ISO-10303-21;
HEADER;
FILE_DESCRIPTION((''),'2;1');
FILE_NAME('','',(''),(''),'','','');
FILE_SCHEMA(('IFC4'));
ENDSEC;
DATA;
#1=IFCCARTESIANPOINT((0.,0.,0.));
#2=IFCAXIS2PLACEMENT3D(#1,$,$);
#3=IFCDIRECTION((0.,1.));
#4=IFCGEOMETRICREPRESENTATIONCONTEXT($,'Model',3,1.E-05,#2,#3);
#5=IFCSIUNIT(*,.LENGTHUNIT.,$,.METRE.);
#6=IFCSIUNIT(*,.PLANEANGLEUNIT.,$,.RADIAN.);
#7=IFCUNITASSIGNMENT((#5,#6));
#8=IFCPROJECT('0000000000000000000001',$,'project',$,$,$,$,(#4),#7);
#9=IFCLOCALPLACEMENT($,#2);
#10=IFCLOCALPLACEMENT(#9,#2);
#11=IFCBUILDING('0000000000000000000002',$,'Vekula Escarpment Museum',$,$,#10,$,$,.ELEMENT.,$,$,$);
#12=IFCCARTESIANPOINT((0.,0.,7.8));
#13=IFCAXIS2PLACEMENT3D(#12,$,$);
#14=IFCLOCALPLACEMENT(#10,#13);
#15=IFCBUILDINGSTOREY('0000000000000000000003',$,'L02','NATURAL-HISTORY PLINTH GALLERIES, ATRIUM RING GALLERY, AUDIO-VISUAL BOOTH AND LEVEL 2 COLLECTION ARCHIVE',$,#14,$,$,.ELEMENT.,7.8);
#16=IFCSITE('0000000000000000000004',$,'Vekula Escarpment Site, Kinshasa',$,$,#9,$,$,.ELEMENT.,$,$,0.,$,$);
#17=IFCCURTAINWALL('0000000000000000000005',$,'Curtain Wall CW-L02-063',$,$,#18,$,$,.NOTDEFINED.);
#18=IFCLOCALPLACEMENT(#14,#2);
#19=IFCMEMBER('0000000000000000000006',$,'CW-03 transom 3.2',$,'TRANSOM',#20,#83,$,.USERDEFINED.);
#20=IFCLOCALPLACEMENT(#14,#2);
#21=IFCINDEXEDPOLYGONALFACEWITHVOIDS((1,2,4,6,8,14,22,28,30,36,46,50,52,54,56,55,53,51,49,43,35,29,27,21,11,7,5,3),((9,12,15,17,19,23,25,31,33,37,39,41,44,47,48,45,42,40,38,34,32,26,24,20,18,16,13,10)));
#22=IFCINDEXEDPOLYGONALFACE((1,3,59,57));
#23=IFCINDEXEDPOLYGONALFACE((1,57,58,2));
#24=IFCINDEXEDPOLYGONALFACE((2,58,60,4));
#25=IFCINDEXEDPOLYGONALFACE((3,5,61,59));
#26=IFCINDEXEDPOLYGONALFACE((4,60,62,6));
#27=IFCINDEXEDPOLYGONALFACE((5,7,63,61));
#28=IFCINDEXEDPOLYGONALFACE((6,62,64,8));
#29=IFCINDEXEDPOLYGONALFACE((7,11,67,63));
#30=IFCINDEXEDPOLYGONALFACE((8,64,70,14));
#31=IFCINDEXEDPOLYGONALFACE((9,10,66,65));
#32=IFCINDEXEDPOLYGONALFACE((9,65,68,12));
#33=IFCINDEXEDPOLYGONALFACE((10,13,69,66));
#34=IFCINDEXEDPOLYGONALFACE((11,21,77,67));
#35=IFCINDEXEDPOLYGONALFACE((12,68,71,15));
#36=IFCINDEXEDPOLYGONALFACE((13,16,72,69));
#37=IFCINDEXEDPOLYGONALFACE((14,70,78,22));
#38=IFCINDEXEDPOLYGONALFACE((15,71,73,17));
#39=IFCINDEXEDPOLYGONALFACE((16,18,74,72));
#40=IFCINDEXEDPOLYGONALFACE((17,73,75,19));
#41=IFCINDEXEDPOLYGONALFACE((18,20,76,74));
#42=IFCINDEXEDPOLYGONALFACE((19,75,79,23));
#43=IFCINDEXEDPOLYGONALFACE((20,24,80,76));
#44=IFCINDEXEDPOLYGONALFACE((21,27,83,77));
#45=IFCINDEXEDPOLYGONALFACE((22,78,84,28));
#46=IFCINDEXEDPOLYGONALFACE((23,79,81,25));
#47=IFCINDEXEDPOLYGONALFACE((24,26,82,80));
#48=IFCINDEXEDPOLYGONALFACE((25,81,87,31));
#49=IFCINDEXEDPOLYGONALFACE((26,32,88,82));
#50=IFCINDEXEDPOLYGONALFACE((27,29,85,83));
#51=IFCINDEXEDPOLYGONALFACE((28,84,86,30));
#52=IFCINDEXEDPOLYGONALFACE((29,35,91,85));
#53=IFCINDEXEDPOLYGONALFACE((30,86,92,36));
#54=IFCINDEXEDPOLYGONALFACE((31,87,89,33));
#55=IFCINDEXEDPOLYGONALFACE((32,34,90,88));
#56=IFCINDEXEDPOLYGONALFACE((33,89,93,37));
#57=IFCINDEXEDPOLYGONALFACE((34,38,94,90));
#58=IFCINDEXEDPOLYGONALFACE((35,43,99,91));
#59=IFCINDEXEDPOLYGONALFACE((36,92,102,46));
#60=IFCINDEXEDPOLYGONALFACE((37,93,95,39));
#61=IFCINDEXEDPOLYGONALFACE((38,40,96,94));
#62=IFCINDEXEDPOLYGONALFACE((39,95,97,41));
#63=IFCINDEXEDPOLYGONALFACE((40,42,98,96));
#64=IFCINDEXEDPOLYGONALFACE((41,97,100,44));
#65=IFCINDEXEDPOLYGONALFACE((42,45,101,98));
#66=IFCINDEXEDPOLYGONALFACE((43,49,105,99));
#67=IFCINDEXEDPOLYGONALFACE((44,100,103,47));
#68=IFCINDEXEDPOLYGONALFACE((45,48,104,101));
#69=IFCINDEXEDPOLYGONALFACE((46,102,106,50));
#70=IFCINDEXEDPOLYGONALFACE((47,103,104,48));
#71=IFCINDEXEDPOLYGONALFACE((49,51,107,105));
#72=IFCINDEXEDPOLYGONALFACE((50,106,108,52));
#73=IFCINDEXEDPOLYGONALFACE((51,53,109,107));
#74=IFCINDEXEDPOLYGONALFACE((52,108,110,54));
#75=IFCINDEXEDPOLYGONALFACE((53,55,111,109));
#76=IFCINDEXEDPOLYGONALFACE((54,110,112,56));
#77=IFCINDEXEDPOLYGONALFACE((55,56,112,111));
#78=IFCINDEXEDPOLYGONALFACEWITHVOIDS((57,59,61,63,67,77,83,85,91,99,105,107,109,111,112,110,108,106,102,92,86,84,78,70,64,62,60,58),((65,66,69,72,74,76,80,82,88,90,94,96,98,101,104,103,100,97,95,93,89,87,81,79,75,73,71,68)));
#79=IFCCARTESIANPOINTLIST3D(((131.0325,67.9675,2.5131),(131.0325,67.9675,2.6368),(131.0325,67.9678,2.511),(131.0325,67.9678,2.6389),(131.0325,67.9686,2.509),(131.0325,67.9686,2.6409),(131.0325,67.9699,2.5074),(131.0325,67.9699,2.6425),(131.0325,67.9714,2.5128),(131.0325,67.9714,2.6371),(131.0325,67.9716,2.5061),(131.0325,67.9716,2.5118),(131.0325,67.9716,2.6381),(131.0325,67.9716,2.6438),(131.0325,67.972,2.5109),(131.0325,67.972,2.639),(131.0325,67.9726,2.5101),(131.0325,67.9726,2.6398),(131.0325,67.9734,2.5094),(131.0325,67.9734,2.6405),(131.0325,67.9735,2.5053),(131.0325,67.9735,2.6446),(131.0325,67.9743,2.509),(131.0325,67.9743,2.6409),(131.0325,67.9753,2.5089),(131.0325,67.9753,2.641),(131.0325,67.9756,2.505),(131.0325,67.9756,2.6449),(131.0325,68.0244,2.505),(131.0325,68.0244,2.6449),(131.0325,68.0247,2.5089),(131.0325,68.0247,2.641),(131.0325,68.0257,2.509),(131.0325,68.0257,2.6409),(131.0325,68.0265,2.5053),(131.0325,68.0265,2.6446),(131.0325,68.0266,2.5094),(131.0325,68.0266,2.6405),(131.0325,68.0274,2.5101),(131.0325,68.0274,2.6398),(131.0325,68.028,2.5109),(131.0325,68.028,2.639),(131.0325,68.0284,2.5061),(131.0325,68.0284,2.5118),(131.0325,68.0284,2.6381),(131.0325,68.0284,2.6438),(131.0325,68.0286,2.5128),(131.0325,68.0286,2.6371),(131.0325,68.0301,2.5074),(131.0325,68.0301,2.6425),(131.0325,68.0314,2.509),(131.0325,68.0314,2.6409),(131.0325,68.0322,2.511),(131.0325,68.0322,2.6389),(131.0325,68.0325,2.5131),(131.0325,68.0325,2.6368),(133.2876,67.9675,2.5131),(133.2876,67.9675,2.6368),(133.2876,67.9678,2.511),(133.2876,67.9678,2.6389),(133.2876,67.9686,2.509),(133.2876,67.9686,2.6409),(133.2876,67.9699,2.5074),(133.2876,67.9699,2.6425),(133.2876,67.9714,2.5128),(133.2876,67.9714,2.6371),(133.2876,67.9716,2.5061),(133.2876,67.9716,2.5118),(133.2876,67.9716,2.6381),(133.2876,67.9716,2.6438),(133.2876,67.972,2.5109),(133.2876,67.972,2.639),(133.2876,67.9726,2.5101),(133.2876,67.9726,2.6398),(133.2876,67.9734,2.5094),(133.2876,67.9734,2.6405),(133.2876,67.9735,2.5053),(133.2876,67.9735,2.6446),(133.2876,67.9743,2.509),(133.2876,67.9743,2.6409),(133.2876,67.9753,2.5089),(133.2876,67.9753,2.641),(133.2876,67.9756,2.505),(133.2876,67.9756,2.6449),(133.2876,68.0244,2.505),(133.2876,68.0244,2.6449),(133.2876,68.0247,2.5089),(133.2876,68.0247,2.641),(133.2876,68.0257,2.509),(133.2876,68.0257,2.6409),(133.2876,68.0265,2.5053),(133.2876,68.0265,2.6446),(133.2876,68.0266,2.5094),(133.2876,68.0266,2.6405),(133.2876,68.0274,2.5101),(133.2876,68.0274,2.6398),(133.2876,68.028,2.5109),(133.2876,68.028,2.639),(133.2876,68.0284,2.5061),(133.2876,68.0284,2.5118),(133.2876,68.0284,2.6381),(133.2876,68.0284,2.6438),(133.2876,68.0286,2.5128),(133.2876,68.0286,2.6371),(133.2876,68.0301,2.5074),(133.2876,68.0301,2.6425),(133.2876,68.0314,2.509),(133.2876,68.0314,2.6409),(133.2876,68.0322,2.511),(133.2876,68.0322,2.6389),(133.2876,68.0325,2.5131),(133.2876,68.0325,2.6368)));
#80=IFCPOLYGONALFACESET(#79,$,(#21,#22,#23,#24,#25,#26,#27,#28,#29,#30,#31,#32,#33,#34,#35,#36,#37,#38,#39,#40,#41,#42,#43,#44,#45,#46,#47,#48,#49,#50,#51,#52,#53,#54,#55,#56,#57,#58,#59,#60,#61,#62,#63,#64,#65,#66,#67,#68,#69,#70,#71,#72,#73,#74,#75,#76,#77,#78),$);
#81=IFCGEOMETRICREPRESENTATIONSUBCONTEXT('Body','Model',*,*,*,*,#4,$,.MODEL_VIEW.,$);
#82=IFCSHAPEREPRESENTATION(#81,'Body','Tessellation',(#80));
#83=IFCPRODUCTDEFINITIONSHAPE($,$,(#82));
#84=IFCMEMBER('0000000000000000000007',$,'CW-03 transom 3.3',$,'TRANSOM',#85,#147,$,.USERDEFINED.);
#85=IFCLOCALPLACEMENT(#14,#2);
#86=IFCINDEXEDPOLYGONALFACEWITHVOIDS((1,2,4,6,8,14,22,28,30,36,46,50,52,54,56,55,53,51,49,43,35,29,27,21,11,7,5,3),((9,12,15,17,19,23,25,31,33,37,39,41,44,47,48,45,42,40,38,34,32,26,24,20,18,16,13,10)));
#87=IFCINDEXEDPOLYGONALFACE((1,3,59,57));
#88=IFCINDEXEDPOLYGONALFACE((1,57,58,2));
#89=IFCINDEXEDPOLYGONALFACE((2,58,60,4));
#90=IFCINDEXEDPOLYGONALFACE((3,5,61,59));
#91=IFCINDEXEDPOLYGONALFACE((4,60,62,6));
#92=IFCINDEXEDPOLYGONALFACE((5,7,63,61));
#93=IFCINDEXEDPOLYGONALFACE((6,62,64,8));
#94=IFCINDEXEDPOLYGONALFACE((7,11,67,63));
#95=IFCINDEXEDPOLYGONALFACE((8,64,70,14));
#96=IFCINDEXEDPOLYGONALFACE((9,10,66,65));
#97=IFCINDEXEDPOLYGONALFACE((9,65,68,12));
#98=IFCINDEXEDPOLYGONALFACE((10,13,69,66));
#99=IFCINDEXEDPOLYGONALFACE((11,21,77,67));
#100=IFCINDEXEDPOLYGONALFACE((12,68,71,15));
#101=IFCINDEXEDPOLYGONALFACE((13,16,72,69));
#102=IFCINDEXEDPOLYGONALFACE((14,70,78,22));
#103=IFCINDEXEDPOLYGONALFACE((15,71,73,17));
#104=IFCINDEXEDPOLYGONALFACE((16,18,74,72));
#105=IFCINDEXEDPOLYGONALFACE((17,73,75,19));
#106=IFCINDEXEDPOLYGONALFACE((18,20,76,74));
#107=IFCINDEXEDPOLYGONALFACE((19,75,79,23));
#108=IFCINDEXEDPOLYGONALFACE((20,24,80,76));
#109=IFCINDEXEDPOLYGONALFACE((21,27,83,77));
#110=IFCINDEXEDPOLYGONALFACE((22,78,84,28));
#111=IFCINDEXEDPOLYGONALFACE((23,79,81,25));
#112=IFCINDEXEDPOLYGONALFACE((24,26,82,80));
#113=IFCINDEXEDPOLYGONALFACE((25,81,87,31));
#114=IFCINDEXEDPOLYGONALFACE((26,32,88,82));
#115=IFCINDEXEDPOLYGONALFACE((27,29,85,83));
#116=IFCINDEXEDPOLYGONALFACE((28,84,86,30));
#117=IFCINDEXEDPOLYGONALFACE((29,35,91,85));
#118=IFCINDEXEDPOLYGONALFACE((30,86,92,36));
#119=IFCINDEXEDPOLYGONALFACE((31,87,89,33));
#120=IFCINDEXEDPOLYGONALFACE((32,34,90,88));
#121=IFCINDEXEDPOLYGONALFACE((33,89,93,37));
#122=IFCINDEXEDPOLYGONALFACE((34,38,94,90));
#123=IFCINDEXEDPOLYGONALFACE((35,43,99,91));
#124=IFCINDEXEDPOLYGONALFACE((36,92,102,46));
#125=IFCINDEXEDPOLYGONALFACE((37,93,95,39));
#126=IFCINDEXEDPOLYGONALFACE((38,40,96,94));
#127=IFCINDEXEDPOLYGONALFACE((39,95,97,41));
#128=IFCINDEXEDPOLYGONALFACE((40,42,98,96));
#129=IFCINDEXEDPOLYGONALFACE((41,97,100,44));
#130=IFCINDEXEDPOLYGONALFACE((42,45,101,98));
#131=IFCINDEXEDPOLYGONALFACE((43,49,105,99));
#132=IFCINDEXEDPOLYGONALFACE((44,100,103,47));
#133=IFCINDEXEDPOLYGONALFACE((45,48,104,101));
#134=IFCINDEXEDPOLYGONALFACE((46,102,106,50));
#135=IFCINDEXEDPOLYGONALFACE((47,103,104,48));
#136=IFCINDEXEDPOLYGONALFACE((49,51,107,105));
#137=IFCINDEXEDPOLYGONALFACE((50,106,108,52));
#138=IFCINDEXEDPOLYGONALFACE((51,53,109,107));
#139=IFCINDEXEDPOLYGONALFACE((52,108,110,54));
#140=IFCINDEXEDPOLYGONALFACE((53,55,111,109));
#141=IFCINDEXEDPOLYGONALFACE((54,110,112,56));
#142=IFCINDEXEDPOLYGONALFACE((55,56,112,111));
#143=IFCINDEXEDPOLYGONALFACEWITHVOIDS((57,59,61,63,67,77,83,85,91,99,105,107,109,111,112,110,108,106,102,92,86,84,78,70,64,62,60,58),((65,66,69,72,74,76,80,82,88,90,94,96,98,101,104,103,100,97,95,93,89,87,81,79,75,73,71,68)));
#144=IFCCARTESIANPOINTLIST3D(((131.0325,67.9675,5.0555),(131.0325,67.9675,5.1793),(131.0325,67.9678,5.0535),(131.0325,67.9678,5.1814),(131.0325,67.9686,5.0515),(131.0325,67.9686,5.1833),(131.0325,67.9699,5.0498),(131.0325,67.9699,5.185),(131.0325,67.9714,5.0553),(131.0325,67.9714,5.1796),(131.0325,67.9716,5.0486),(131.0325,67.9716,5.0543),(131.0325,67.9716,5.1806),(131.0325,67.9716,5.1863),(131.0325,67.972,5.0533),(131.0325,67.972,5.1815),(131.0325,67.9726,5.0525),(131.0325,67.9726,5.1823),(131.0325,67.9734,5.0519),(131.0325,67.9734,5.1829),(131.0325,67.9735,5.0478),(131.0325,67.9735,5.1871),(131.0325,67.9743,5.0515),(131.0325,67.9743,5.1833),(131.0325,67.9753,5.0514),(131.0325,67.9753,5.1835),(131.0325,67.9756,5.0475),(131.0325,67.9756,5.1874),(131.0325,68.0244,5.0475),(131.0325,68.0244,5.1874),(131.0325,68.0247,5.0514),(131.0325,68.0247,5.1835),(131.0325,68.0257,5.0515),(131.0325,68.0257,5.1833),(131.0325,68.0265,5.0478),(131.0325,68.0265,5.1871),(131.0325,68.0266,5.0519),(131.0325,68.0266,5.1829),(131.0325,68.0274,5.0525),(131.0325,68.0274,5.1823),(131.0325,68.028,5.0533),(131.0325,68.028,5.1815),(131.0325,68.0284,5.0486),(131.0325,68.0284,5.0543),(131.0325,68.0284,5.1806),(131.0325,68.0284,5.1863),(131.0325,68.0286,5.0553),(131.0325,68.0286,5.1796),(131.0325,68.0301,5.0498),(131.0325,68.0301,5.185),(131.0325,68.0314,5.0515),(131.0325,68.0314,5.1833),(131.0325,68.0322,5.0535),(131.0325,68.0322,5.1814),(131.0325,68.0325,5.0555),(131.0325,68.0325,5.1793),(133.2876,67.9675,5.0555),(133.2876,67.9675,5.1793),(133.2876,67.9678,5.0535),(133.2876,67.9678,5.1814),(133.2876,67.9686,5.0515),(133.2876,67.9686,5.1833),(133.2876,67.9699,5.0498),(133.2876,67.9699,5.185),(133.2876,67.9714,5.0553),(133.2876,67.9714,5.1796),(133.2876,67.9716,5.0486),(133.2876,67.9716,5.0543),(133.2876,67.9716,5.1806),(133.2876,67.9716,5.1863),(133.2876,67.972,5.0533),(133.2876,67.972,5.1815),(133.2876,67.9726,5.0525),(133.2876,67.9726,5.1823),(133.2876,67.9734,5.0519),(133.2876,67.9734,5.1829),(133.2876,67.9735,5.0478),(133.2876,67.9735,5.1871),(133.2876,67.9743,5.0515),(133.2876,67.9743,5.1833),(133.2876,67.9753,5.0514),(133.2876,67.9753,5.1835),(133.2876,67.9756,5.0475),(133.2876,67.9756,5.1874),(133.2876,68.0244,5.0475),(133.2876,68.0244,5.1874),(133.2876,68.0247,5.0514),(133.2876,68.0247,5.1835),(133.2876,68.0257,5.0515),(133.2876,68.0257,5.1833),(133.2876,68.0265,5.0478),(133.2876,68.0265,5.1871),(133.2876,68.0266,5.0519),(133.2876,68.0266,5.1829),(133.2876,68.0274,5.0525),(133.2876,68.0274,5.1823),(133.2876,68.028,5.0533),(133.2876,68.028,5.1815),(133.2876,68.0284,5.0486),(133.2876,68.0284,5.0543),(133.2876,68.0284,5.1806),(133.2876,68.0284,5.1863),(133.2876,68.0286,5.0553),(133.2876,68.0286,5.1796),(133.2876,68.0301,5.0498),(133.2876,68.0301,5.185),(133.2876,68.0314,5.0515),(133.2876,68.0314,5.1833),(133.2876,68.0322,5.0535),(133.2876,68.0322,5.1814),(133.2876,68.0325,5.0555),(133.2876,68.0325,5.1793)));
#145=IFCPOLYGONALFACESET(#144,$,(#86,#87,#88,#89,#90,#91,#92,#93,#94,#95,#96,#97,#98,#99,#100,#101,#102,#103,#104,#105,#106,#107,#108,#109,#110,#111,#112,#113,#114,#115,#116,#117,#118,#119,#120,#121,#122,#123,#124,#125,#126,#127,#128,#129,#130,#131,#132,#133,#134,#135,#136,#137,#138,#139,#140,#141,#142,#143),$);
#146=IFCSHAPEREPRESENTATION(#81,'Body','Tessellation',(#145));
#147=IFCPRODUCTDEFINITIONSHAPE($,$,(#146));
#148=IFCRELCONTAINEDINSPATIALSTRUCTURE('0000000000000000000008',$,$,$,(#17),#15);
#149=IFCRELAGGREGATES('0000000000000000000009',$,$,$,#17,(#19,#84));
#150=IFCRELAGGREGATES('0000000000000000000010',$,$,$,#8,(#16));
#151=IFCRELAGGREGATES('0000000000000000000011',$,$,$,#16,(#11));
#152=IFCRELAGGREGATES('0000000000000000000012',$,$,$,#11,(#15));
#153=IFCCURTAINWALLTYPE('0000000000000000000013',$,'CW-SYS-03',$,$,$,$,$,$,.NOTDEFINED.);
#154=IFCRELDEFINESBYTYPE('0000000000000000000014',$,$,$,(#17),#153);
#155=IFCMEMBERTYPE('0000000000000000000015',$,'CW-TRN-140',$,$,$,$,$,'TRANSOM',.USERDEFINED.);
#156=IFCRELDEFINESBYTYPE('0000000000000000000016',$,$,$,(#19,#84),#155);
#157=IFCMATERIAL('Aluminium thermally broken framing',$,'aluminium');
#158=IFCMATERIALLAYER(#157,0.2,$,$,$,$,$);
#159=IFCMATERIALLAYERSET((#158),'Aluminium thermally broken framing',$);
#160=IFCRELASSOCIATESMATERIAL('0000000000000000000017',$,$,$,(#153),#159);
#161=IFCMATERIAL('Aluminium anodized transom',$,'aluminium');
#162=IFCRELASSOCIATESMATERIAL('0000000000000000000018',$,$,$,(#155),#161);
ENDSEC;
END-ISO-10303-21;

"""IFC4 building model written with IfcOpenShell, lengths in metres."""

from ifc_helpers import new_model, si_unit, direction, frame, origin, origin_2d, place, context, subcontext, project, spatial, hollow_rectangle, extrude, material, layer, layer_set, material_profile, profile_set, type_object, element, aggregate, save


model = new_model("IFC4")

# Units and contexts
model_context = context("Model", 3, precision=1e-05, world=origin(), true_north=direction((0.0, 1.0)))
body_context = subcontext(model_context, "Body", "Model", "MODEL_VIEW")
ifc_project = project(units=[si_unit("LENGTHUNIT", "METRE"), si_unit("PLANEANGLEUNIT", "RADIAN")], contexts=[model_context])

# Site, building, storey
site_placement = place(None, origin())
site = spatial("IfcSite", under=ifc_project, at=site_placement, Name="Vekula Escarpment Site, Kinshasa", CompositionType="ELEMENT", RefElevation=0.0)
building_placement = place(site_placement, origin())
building = spatial("IfcBuilding", under=site, at=building_placement, Name="Vekula Escarpment Museum", CompositionType="ELEMENT")
storey_placement = place(building_placement, frame((0.0, 0.0, 7.8)))
storey = spatial("IfcBuildingStorey", under=building, at=storey_placement, Name="L02", Description="NATURAL-HISTORY PLINTH GALLERIES, ATRIUM RING GALLERY, AUDIO-VISUAL BOOTH AND LEVEL 2 COLLECTION ARCHIVE", CompositionType="ELEMENT", Elevation=7.8)

# Curtain wall, members
ifc_material_1 = material(Name="Aluminium thermally broken framing", Category="aluminium")
ifc_layer_1 = layer(ifc_material_1, 0.2)
ifc_layer_set_1 = layer_set([ifc_layer_1], Name="Aluminium thermally broken framing")
curtain_wall_type = type_object("IfcCurtainWallType", Name="CW-SYS-03", PredefinedType="NOTDEFINED", material=ifc_layer_set_1)
curtain_wall_placement = place(storey_placement, origin())
curtain_wall = element("IfcCurtainWall", 1, at=curtain_wall_placement, inside=storey, type_object=curtain_wall_type, Name="Curtain Wall CW-L02-063", PredefinedType="NOTDEFINED")
ifc_material_2 = material(Name="Aluminium anodized transom", Category="aluminium")
ifc_material_profile_1 = material_profile(ifc_material_2, hollow_rectangle(XDim=0.0649, YDim=0.1399, WallThickness=0.0039, InnerFilletRadius=0.0039, OuterFilletRadius=0.0081, at=origin_2d()), Name="ALU 140x65x4")
ifc_profile_set_1 = profile_set([ifc_material_profile_1], Name="Aluminium anodized transom")
member_type_1 = type_object("IfcMemberType", Name="CW-TRN-140", ElementType="TRANSOM", PredefinedType="USERDEFINED", material=ifc_profile_set_1)
member_1_placement = place(storey_placement, frame((131.0325, 68.0, 2.575), z_axis=(1.0, 0.0, 0.0), x_axis=(0.0, 1.0, 0.0)))
member_1 = element("IfcMember", 2, at=member_1_placement, type_object=member_type_1, Name="CW-03 transom 3.2", ObjectType="TRANSOM", PredefinedType="USERDEFINED", context=body_context, shape_type="SweptSolid", body=[
    extrude(hollow_rectangle(XDim=0.0649, YDim=0.1399, WallThickness=0.0039, InnerFilletRadius=0.0039, OuterFilletRadius=0.0081, at=origin_2d()), origin(), (0.0, 0.0, 1.0), 2.2551),
])
member_2_placement = place(storey_placement, frame((131.0325, 68.0, 5.1174), z_axis=(1.0, 0.0, 0.0), x_axis=(0.0, 1.0, 0.0)))
member_2 = element("IfcMember", 3, at=member_2_placement, type_object=member_type_1, Name="CW-03 transom 3.3", ObjectType="TRANSOM", PredefinedType="USERDEFINED", context=body_context, shape_type="SweptSolid", body=[
    extrude(hollow_rectangle(XDim=0.0649, YDim=0.1399, WallThickness=0.0039, InnerFilletRadius=0.0039, OuterFilletRadius=0.0081, at=origin_2d()), origin(), (0.0, 0.0, 1.0), 2.2551),
])

aggregate(curtain_wall, [member_1, member_2])

save(model, "model.ifc")
